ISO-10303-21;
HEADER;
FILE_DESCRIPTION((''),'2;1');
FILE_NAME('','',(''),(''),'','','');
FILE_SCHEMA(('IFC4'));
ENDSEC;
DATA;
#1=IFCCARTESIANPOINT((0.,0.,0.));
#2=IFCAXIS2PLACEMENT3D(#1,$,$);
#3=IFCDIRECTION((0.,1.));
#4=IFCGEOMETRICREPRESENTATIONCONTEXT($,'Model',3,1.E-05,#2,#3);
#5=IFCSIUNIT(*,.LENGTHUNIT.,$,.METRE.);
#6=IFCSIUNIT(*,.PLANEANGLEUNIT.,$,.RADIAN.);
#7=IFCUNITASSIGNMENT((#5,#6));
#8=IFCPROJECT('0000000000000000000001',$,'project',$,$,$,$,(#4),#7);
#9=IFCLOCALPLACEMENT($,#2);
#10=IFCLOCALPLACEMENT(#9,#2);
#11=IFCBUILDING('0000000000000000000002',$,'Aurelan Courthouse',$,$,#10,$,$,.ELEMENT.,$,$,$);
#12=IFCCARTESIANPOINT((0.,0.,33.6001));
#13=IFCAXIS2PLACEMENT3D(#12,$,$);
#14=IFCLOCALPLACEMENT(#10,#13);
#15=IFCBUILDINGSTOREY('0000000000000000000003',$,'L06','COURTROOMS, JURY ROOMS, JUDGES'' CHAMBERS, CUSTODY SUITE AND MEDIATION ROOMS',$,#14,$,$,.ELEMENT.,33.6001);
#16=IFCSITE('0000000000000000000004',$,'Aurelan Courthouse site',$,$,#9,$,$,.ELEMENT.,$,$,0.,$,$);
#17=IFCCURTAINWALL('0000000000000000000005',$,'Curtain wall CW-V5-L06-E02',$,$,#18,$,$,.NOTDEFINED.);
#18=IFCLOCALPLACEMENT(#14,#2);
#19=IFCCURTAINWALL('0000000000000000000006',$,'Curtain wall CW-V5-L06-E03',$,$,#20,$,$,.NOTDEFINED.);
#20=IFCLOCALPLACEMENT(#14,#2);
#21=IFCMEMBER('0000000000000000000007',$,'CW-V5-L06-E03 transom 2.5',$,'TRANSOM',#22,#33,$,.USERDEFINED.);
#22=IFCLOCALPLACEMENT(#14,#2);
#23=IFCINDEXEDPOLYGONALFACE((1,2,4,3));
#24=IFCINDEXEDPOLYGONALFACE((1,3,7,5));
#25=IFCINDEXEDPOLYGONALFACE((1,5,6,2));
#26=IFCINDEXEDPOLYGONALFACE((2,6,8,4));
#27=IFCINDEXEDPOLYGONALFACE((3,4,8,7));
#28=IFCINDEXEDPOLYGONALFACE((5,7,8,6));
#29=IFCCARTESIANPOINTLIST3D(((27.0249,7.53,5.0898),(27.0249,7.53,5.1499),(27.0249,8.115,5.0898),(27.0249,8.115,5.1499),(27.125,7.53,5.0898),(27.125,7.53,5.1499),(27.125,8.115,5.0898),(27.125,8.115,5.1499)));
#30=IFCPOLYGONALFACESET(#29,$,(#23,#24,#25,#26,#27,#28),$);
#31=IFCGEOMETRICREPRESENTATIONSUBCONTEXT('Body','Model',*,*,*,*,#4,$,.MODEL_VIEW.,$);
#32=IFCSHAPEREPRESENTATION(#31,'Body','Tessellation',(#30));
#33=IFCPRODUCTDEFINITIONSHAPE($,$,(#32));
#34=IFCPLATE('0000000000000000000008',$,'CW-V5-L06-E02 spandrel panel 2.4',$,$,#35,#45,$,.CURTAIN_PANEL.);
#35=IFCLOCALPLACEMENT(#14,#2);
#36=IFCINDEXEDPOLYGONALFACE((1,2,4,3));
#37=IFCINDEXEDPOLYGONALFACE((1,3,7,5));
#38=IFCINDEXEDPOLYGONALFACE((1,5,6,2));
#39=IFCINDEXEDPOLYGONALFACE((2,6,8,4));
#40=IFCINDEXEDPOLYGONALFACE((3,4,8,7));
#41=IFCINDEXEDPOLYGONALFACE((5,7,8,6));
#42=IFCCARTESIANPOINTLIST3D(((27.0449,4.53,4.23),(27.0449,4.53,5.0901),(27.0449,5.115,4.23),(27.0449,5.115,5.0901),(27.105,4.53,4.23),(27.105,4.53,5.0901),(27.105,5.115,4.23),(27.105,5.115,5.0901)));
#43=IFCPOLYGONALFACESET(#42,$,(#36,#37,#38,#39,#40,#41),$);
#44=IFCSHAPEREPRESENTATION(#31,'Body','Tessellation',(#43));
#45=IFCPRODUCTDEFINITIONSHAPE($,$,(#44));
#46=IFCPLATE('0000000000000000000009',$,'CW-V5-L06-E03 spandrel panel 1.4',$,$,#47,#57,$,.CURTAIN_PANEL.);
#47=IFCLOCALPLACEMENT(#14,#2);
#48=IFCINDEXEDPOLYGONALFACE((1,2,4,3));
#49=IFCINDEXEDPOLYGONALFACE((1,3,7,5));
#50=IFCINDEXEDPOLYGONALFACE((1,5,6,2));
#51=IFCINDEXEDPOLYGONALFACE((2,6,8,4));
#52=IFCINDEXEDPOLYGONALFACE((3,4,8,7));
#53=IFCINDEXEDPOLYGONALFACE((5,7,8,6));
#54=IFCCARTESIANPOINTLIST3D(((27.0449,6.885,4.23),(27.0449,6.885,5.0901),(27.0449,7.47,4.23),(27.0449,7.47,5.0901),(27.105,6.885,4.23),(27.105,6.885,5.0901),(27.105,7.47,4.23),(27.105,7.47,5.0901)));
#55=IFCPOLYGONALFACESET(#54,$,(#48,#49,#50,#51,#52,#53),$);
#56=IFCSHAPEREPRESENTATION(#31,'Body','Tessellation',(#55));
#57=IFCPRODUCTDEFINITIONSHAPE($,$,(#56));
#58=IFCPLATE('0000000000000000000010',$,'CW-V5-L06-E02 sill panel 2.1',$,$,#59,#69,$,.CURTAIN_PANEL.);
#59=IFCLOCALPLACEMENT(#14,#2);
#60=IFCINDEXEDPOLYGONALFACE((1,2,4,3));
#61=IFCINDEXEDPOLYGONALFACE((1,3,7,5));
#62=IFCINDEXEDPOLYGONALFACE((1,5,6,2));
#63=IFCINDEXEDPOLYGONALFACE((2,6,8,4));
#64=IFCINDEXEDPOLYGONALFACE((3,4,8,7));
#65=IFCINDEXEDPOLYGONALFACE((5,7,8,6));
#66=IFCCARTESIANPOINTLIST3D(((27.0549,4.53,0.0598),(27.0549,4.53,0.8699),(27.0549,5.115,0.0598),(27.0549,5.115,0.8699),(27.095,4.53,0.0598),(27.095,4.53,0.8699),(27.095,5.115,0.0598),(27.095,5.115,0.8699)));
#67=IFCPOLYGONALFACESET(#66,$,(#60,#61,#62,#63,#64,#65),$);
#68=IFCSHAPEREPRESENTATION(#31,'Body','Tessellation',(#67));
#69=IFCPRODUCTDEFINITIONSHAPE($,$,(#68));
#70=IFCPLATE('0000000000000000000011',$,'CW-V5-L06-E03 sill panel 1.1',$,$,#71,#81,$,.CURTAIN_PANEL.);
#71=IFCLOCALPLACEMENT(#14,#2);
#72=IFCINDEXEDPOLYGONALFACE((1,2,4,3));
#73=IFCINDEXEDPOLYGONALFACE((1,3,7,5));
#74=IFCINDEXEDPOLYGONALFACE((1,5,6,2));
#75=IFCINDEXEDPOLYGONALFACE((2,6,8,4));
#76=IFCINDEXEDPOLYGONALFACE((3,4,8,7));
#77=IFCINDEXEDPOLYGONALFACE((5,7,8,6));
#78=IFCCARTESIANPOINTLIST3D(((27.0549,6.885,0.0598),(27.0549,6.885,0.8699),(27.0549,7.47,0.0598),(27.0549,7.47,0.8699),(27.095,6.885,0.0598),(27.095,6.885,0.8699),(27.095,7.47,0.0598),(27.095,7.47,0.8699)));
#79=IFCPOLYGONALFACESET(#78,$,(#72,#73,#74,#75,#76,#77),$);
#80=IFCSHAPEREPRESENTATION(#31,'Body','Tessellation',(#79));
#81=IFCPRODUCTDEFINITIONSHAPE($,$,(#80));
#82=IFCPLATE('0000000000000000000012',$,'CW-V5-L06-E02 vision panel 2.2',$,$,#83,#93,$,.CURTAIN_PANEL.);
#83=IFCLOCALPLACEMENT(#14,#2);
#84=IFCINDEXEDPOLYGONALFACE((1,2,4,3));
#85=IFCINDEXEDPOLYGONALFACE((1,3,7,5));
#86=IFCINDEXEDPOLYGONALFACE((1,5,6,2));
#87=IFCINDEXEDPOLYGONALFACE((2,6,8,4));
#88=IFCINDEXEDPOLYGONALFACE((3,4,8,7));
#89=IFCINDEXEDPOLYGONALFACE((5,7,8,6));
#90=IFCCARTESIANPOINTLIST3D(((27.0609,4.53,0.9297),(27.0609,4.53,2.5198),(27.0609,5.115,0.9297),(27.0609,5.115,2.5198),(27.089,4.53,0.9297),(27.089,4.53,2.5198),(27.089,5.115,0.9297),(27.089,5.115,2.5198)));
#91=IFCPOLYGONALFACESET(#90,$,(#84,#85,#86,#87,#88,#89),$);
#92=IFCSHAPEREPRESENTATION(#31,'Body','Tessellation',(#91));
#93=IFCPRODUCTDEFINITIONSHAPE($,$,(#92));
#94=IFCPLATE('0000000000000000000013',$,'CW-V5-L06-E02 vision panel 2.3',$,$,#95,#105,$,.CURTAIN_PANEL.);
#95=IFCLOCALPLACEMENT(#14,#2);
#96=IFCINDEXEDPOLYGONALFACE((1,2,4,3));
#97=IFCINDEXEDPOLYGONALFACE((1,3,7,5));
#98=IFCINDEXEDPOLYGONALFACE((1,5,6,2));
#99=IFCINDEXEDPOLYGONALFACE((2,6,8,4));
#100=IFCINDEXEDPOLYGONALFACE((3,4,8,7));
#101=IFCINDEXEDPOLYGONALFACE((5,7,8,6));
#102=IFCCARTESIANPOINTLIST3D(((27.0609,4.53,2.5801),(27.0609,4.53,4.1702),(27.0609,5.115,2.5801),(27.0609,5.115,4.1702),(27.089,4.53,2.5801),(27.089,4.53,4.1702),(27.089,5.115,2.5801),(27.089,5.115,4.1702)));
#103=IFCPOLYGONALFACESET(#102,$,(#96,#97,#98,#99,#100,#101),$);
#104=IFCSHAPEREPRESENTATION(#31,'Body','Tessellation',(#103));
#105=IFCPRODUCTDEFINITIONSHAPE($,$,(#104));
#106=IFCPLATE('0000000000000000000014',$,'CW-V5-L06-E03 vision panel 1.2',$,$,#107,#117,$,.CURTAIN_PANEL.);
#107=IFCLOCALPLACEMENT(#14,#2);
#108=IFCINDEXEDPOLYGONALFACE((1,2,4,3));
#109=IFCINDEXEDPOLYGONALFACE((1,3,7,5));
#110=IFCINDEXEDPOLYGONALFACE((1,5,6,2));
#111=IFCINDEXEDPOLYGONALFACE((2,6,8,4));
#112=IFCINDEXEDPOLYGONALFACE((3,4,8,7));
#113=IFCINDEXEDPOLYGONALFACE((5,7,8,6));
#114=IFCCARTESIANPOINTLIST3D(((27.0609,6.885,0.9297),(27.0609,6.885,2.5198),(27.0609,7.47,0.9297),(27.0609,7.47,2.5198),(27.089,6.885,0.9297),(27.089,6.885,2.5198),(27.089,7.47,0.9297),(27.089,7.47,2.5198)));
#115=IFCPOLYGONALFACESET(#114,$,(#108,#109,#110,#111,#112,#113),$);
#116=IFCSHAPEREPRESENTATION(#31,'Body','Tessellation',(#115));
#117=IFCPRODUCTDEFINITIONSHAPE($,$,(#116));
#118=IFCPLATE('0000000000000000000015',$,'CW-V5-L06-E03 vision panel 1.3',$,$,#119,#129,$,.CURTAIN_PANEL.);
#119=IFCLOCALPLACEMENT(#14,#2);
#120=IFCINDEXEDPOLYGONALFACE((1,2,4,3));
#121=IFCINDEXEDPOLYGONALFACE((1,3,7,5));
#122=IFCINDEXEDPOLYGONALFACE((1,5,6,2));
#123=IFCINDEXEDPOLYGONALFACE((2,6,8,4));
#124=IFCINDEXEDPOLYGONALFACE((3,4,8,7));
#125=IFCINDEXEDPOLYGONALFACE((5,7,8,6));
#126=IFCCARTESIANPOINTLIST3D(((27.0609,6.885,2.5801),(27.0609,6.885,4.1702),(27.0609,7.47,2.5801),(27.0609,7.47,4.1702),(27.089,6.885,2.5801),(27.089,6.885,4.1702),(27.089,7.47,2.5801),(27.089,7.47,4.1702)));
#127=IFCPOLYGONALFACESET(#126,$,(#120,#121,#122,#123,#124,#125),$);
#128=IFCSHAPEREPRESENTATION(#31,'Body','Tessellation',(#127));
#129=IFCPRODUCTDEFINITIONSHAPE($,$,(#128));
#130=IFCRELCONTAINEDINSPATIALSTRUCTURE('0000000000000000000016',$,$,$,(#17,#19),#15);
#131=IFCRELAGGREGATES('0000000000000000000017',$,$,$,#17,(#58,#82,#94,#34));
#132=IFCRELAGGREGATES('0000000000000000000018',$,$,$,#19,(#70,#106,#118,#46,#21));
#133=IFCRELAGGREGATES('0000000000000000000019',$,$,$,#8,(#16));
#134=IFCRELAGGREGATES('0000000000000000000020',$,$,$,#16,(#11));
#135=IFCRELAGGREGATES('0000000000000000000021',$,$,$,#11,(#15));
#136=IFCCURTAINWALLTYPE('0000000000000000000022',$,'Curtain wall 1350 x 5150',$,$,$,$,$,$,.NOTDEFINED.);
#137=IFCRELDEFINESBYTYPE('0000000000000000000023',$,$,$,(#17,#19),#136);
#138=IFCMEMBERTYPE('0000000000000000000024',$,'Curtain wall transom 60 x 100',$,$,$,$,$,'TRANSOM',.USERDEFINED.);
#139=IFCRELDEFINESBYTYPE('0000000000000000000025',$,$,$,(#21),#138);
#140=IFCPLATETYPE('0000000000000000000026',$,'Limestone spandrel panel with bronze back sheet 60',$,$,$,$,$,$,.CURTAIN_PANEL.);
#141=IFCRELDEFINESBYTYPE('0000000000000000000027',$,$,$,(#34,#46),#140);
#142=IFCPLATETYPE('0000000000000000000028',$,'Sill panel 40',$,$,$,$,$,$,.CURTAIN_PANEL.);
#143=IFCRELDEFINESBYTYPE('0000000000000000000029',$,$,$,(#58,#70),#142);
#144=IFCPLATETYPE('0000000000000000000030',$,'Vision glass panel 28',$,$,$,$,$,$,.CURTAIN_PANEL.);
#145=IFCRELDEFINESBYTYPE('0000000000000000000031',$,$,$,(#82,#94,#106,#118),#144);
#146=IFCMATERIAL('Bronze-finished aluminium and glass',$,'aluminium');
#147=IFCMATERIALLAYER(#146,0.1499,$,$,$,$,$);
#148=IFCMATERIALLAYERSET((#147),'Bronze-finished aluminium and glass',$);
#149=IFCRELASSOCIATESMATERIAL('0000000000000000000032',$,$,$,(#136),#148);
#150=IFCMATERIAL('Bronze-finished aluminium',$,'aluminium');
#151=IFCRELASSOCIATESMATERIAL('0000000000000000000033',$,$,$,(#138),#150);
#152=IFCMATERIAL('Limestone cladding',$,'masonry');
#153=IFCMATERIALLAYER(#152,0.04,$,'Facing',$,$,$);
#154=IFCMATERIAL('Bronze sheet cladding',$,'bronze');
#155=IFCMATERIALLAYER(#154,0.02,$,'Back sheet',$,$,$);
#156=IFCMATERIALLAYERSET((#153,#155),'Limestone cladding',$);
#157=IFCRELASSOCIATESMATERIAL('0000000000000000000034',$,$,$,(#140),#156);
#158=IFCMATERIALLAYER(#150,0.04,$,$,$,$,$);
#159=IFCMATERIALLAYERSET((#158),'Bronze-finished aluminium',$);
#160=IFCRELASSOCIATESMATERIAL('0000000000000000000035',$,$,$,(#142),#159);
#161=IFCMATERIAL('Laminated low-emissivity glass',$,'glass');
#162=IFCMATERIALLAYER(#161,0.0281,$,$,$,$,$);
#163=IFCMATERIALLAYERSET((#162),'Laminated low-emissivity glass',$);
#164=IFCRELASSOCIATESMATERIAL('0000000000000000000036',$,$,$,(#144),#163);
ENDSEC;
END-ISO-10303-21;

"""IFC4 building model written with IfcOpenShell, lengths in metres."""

from ifc_helpers import new_model, si_unit, direction, frame, origin, origin_2d, place, context, subcontext, project, spatial, rectangle, extrude, material, layer, layer_set, material_profile, profile_set, type_object, element, aggregate, save


model = new_model("IFC4")

# Units and contexts
model_context = context("Model", 3, precision=1e-05, world=origin(), true_north=direction((0.0, 1.0)))
body_context = subcontext(model_context, "Body", "Model", "MODEL_VIEW")
ifc_project = project(units=[si_unit("LENGTHUNIT", "METRE"), si_unit("PLANEANGLEUNIT", "RADIAN")], contexts=[model_context])

# Site, building, storey
site_placement = place(None, origin())
site = spatial("IfcSite", under=ifc_project, at=site_placement, Name="Aurelan Courthouse site", CompositionType="ELEMENT", RefElevation=0.0)
building_placement = place(site_placement, origin())
building = spatial("IfcBuilding", under=site, at=building_placement, Name="Aurelan Courthouse", CompositionType="ELEMENT")
storey_placement = place(building_placement, frame((0.0, 0.0, 33.6001)))
storey = spatial("IfcBuildingStorey", under=building, at=storey_placement, Name="L06", Description="COURTROOMS, JURY ROOMS, JUDGES' CHAMBERS, CUSTODY SUITE AND MEDIATION ROOMS", CompositionType="ELEMENT", Elevation=33.6001)

# Curtain wall
ifc_material_1 = material(Name="Bronze-finished aluminium and glass", Category="aluminium")
ifc_layer_1 = layer(ifc_material_1, 0.1499)
ifc_layer_set_1 = layer_set([ifc_layer_1], Name="Bronze-finished aluminium and glass")
curtain_wall_type = type_object("IfcCurtainWallType", Name="Curtain wall 1350 x 5150", PredefinedType="NOTDEFINED", material=ifc_layer_set_1)
curtain_wall_1_placement = place(storey_placement, origin())
curtain_wall_1 = element("IfcCurtainWall", 1, at=curtain_wall_1_placement, inside=storey, type_object=curtain_wall_type, Name="Curtain wall CW-V5-L06-E02", PredefinedType="NOTDEFINED")
ifc_material_2 = material(Name="Bronze-finished aluminium", Category="aluminium")

# Curtain wall
curtain_wall_2_placement = place(storey_placement, origin())
curtain_wall_2 = element("IfcCurtainWall", 2, at=curtain_wall_2_placement, inside=storey, type_object=curtain_wall_type, Name="Curtain wall CW-V5-L06-E03", PredefinedType="NOTDEFINED")

# Member
ifc_material_profile_1 = material_profile(ifc_material_2, rectangle(XDim=0.1001, YDim=0.0601, at=origin_2d()), Name="Bronze transom 60 x 100")
ifc_profile_set_1 = profile_set([ifc_material_profile_1], Name="Bronze-finished aluminium")
member_type_1 = type_object("IfcMemberType", Name="Curtain wall transom 60 x 100", ElementType="TRANSOM", PredefinedType="USERDEFINED", material=ifc_profile_set_1)
member_1_placement = place(storey_placement, frame((27.075, 7.53, 5.1199), z_axis=(0.0, 1.0, 0.0), x_axis=(-1.0, 0.0, 0.0)))
member_1 = element("IfcMember", 3, at=member_1_placement, type_object=member_type_1, Name="CW-V5-L06-E03 transom 2.5", ObjectType="TRANSOM", PredefinedType="USERDEFINED", context=body_context, shape_type="SweptSolid", body=[
    extrude(rectangle(XDim=0.1001, YDim=0.0601, at=origin_2d()), origin(), (0.0, 0.0, 1.0), 0.585),
])

# Plates
ifc_material_3 = material(Name="Limestone cladding", Category="masonry")
ifc_layer_2 = layer(ifc_material_3, 0.04, Name="Facing")
ifc_material_4 = material(Name="Bronze sheet cladding", Category="bronze")
ifc_layer_3 = layer(ifc_material_4, 0.02, Name="Back sheet")
ifc_layer_set_2 = layer_set([ifc_layer_2, ifc_layer_3], Name="Limestone cladding")
plate_type_1 = type_object("IfcPlateType", Name="Limestone spandrel panel with bronze back sheet 60", PredefinedType="CURTAIN_PANEL", material=ifc_layer_set_2)
plate_1_placement = place(storey_placement, frame((27.075, 4.8225, 4.23), z_axis=(0.0, 0.0, 1.0), x_axis=(0.0, 1.0, 0.0)))
plate_1 = element("IfcPlate", 4, at=plate_1_placement, type_object=plate_type_1, Name="CW-V5-L06-E02 spandrel panel 2.4", PredefinedType="CURTAIN_PANEL", context=body_context, shape_type="SweptSolid", body=[
    extrude(rectangle(XDim=0.585, YDim=0.0601, at=origin_2d()), origin(), (0.0, 0.0, 1.0), 0.8601),
])
plate_2_placement = place(storey_placement, frame((27.075, 7.1775, 4.23), z_axis=(0.0, 0.0, 1.0), x_axis=(0.0, 1.0, 0.0)))
plate_2 = element("IfcPlate", 5, at=plate_2_placement, type_object=plate_type_1, Name="CW-V5-L06-E03 spandrel panel 1.4", PredefinedType="CURTAIN_PANEL", context=body_context, shape_type="SweptSolid", body=[
    extrude(rectangle(XDim=0.585, YDim=0.0601, at=origin_2d()), origin(), (0.0, 0.0, 1.0), 0.8601),
])
ifc_layer_4 = layer(ifc_material_2, 0.04)
ifc_layer_set_3 = layer_set([ifc_layer_4], Name="Bronze-finished aluminium")
plate_type_2 = type_object("IfcPlateType", Name="Sill panel 40", PredefinedType="CURTAIN_PANEL", material=ifc_layer_set_3)
plate_3_placement = place(storey_placement, frame((27.075, 4.8225, 0.0598), z_axis=(0.0, 0.0, 1.0), x_axis=(0.0, 1.0, 0.0)))
plate_3 = element("IfcPlate", 6, at=plate_3_placement, type_object=plate_type_2, Name="CW-V5-L06-E02 sill panel 2.1", PredefinedType="CURTAIN_PANEL", context=body_context, shape_type="SweptSolid", body=[
    extrude(rectangle(XDim=0.585, YDim=0.04, at=origin_2d()), origin(), (0.0, 0.0, 1.0), 0.8101),
])
plate_4_placement = place(storey_placement, frame((27.075, 7.1775, 0.0598), z_axis=(0.0, 0.0, 1.0), x_axis=(0.0, 1.0, 0.0)))
plate_4 = element("IfcPlate", 7, at=plate_4_placement, type_object=plate_type_2, Name="CW-V5-L06-E03 sill panel 1.1", PredefinedType="CURTAIN_PANEL", context=body_context, shape_type="SweptSolid", body=[
    extrude(rectangle(XDim=0.585, YDim=0.04, at=origin_2d()), origin(), (0.0, 0.0, 1.0), 0.8101),
])
ifc_material_5 = material(Name="Laminated low-emissivity glass", Category="glass")
ifc_layer_5 = layer(ifc_material_5, 0.0281)
ifc_layer_set_4 = layer_set([ifc_layer_5], Name="Laminated low-emissivity glass")
plate_type_3 = type_object("IfcPlateType", Name="Vision glass panel 28", PredefinedType="CURTAIN_PANEL", material=ifc_layer_set_4)
plate_5_placement = place(storey_placement, frame((27.075, 4.8225, 0.9297), z_axis=(0.0, 0.0, 1.0), x_axis=(0.0, 1.0, 0.0)))
plate_5 = element("IfcPlate", 8, at=plate_5_placement, type_object=plate_type_3, Name="CW-V5-L06-E02 vision panel 2.2", PredefinedType="CURTAIN_PANEL", context=body_context, shape_type="SweptSolid", body=[
    extrude(rectangle(XDim=0.585, YDim=0.0281, at=origin_2d()), origin(), (0.0, 0.0, 1.0), 1.5901),
])
plate_6_placement = place(storey_placement, frame((27.075, 4.8225, 2.5801), z_axis=(0.0, 0.0, 1.0), x_axis=(0.0, 1.0, 0.0)))
plate_6 = element("IfcPlate", 9, at=plate_6_placement, type_object=plate_type_3, Name="CW-V5-L06-E02 vision panel 2.3", PredefinedType="CURTAIN_PANEL", context=body_context, shape_type="SweptSolid", body=[
    extrude(rectangle(XDim=0.585, YDim=0.0281, at=origin_2d()), origin(), (0.0, 0.0, 1.0), 1.5901),
])
aggregate(curtain_wall_1, [plate_3, plate_5, plate_6, plate_1])
plate_7_placement = place(storey_placement, frame((27.075, 7.1775, 0.9297), z_axis=(0.0, 0.0, 1.0), x_axis=(0.0, 1.0, 0.0)))
plate_7 = element("IfcPlate", 10, at=plate_7_placement, type_object=plate_type_3, Name="CW-V5-L06-E03 vision panel 1.2", PredefinedType="CURTAIN_PANEL", context=body_context, shape_type="SweptSolid", body=[
    extrude(rectangle(XDim=0.585, YDim=0.0281, at=origin_2d()), origin(), (0.0, 0.0, 1.0), 1.5901),
])
plate_8_placement = place(storey_placement, frame((27.075, 7.1775, 2.5801), z_axis=(0.0, 0.0, 1.0), x_axis=(0.0, 1.0, 0.0)))
plate_8 = element("IfcPlate", 11, at=plate_8_placement, type_object=plate_type_3, Name="CW-V5-L06-E03 vision panel 1.3", PredefinedType="CURTAIN_PANEL", context=body_context, shape_type="SweptSolid", body=[
    extrude(rectangle(XDim=0.585, YDim=0.0281, at=origin_2d()), origin(), (0.0, 0.0, 1.0), 1.5901),
])
aggregate(curtain_wall_2, [plate_4, plate_7, plate_8, plate_2, member_1])

save(model, "model.ifc")
